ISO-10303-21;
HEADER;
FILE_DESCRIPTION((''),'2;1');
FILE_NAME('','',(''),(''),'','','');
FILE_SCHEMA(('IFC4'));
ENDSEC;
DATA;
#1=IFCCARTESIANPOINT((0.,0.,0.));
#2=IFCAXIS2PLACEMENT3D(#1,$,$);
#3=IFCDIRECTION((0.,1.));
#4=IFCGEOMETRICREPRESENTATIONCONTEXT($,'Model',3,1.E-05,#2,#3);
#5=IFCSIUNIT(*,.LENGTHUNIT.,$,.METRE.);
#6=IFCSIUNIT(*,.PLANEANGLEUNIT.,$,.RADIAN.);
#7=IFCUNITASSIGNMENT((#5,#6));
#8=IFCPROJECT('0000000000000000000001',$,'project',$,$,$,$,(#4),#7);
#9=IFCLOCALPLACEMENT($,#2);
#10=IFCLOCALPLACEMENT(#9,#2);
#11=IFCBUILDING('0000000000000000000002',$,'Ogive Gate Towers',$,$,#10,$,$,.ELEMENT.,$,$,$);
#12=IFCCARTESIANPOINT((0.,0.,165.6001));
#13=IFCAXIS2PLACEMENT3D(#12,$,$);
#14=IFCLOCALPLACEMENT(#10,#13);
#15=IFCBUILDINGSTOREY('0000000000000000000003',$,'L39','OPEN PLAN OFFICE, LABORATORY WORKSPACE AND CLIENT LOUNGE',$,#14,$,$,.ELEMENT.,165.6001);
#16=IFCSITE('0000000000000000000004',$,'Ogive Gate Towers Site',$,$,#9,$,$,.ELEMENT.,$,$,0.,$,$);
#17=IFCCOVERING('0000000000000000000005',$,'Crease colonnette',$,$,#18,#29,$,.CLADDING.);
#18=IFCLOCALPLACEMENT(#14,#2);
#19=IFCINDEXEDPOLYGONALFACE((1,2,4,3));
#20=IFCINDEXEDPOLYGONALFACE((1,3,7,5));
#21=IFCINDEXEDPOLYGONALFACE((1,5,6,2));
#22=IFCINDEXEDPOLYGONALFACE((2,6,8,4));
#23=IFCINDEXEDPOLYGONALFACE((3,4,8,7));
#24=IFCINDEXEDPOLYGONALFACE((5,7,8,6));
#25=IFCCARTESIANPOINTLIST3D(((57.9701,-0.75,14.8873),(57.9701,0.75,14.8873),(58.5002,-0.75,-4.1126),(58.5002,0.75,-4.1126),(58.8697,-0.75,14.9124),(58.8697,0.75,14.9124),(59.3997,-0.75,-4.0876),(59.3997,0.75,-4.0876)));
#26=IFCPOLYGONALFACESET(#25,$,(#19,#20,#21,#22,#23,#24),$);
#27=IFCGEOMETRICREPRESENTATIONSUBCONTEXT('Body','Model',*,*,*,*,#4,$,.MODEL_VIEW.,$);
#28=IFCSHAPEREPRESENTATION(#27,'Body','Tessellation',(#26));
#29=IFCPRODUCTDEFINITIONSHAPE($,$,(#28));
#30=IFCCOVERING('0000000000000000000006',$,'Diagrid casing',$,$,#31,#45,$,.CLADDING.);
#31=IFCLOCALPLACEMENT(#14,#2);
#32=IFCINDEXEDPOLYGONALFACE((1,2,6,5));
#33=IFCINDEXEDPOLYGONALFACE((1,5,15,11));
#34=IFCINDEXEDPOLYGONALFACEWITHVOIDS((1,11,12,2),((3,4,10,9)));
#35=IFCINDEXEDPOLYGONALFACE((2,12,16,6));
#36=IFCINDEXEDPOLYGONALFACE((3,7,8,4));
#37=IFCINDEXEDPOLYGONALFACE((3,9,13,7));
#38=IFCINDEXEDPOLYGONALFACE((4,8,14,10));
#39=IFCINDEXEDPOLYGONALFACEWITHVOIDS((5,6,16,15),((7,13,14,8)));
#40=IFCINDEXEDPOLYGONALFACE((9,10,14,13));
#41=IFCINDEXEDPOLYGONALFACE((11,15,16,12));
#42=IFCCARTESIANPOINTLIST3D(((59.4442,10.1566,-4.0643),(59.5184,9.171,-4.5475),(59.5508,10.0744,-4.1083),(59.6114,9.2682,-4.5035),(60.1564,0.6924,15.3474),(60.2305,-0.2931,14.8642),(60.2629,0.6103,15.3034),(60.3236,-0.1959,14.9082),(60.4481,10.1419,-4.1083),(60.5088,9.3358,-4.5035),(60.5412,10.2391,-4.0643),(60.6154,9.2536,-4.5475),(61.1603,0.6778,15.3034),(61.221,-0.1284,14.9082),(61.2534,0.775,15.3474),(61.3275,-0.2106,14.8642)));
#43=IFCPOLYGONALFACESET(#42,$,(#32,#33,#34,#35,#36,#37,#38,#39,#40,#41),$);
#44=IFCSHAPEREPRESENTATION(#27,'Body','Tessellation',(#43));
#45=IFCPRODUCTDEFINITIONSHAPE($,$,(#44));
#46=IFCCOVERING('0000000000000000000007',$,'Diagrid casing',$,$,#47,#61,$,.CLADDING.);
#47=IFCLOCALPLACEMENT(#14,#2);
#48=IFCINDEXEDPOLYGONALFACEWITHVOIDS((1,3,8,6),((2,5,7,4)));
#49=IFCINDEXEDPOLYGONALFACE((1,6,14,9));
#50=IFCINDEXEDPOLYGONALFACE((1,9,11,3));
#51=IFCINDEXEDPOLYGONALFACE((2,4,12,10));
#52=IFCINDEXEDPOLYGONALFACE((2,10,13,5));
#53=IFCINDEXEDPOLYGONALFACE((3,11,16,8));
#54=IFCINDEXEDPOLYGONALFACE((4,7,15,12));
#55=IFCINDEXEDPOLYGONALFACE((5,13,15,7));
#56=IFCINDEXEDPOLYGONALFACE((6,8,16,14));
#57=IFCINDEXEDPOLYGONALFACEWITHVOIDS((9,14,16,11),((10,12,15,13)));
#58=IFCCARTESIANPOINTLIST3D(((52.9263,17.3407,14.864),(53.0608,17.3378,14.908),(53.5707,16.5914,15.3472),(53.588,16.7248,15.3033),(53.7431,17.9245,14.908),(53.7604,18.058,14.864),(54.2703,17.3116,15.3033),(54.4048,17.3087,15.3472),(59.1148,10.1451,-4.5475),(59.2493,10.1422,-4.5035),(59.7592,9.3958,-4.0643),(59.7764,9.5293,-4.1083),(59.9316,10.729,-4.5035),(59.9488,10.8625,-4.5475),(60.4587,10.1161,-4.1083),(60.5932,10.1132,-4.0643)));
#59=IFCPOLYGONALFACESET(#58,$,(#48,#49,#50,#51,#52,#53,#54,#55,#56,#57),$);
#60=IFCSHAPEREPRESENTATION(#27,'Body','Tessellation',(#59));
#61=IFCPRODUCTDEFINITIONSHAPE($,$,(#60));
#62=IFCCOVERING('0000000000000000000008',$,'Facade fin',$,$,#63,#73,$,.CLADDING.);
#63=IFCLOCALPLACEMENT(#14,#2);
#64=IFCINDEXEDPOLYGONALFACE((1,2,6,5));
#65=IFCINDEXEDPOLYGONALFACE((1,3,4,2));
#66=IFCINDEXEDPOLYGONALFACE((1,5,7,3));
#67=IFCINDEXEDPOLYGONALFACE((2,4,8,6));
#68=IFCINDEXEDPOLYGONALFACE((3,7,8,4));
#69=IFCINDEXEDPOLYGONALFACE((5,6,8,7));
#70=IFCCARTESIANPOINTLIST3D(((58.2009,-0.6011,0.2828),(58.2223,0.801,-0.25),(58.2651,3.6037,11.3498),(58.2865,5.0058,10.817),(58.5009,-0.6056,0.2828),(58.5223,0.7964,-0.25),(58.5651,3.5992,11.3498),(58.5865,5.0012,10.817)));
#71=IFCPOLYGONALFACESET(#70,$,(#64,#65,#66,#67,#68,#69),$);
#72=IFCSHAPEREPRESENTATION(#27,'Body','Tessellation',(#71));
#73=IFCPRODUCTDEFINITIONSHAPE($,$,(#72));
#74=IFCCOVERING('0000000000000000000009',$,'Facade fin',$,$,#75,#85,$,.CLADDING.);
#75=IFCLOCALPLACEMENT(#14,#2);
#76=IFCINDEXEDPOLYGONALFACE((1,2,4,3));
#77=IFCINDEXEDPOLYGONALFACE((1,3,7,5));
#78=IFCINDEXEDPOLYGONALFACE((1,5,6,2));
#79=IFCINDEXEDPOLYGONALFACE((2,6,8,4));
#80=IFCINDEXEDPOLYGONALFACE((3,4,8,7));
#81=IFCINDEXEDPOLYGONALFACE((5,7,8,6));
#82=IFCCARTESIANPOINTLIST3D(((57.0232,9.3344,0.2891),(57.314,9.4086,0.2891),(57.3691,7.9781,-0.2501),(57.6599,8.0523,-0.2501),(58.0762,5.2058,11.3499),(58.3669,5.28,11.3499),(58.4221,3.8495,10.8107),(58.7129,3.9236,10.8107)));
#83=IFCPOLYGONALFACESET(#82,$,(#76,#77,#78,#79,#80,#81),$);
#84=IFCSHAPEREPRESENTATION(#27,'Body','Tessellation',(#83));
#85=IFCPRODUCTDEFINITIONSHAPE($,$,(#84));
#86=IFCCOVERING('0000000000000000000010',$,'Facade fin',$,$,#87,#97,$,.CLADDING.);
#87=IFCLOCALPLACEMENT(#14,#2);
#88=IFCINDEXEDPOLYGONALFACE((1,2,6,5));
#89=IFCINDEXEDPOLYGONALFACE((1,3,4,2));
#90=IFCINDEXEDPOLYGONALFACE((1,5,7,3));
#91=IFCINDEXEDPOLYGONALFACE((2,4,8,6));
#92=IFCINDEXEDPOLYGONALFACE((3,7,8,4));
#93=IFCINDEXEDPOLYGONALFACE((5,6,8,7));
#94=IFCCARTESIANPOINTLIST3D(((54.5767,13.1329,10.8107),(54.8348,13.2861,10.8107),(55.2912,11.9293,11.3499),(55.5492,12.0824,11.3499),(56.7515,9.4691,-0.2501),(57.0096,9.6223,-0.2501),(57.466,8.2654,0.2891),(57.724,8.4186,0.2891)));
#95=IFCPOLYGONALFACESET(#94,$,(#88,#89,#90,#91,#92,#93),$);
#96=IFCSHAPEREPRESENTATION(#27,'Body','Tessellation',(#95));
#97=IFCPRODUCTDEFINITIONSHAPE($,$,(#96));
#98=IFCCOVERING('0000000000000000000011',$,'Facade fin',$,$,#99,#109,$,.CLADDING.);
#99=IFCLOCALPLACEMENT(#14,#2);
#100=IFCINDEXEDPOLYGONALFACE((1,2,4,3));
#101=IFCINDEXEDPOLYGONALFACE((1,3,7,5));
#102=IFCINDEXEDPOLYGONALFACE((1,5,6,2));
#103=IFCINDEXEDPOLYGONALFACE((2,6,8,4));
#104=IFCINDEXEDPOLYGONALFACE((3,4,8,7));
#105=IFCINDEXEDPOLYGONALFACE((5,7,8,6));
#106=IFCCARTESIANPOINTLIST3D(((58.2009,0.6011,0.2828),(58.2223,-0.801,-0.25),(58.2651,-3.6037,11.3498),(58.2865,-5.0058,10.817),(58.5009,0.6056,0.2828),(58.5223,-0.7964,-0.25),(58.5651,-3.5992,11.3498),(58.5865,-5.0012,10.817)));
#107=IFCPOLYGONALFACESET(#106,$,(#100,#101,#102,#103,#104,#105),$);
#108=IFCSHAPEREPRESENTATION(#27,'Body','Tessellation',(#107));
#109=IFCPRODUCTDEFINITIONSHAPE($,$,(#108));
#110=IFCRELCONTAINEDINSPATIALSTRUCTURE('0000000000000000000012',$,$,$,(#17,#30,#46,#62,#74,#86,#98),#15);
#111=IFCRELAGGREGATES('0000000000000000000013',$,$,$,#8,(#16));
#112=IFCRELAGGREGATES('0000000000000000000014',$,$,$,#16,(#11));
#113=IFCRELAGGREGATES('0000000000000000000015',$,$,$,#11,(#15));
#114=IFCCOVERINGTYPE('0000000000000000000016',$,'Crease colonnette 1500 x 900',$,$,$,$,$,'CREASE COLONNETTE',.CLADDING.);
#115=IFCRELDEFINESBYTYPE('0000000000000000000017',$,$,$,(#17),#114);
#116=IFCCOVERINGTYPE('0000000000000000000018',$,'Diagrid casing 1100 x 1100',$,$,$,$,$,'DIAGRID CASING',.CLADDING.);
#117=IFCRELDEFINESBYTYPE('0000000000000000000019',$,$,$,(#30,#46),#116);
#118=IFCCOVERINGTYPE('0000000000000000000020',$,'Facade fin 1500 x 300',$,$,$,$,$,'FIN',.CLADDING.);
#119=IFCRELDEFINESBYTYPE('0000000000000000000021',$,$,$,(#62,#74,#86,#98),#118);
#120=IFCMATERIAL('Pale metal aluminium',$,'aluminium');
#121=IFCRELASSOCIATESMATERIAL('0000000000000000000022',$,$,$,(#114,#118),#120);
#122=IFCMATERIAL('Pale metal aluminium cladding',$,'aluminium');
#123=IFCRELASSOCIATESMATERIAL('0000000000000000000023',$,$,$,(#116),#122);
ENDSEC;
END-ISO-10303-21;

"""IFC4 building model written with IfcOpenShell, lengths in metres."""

from ifc_helpers import new_model, si_unit, direction, frame, origin, origin_2d, place, context, subcontext, project, spatial, rectangle, hollow_rectangle, extrude, material, material_profile, profile_set, type_object, element, save


model = new_model("IFC4")

# Units and contexts
model_context = context("Model", 3, precision=1e-05, world=origin(), true_north=direction((0.0, 1.0)))
body_context = subcontext(model_context, "Body", "Model", "MODEL_VIEW")
ifc_project = project(units=[si_unit("LENGTHUNIT", "METRE"), si_unit("PLANEANGLEUNIT", "RADIAN")], contexts=[model_context])

# Site, building, storey
site_placement = place(None, origin())
site = spatial("IfcSite", under=ifc_project, at=site_placement, Name="Ogive Gate Towers Site", CompositionType="ELEMENT", RefElevation=0.0)
building_placement = place(site_placement, origin())
building = spatial("IfcBuilding", under=site, at=building_placement, Name="Ogive Gate Towers", CompositionType="ELEMENT")
storey_placement = place(building_placement, frame((0.0, 0.0, 165.6001)))
storey = spatial("IfcBuildingStorey", under=building, at=storey_placement, Name="L39", Description="OPEN PLAN OFFICE, LABORATORY WORKSPACE AND CLIENT LOUNGE", CompositionType="ELEMENT", Elevation=165.6001)

# Shared definitions
ifc_material_1 = material(Name="Pale metal aluminium", Category="aluminium")

# Coverings
ifc_material_profile_1 = material_profile(ifc_material_1, rectangle(XDim=1.5, YDim=0.8999, at=origin_2d()), Name="1500 x 900 pale metal aluminium")
ifc_profile_set_1 = profile_set([ifc_material_profile_1], Name="Pale metal aluminium")
covering_type_1 = type_object("IfcCoveringType", Name="Crease colonnette 1500 x 900", ElementType="CREASE COLONNETTE", PredefinedType="CLADDING", material=ifc_profile_set_1)
covering_1_placement = place(storey_placement, frame((58.95, 0.0, -4.1001), z_axis=(-0.027885, 0.0, 0.999611), x_axis=(0.0, -1.0, 0.0)))
element("IfcCovering", 1, at=covering_1_placement, inside=storey, type_object=covering_type_1, Name="Crease colonnette", PredefinedType="CLADDING", context=body_context, shape_type="SweptSolid", body=[
    extrude(rectangle(XDim=1.5, YDim=0.8999, at=origin_2d()), origin(), (0.0, 0.0, 1.0), 19.0073),
])
ifc_material_2 = material(Name="Pale metal aluminium cladding", Category="aluminium")
ifc_material_profile_2 = material_profile(ifc_material_2, hollow_rectangle(XDim=1.1001, YDim=1.1001, WallThickness=0.1001, at=origin_2d()), Name="1100 x 1100 pale metal casing")
ifc_profile_set_2 = profile_set([ifc_material_profile_2], Name="Pale metal aluminium cladding")
covering_type_2 = type_object("IfcCoveringType", Name="Diagrid casing 1100 x 1100", ElementType="DIAGRID CASING", PredefinedType="CLADDING", material=ifc_profile_set_2)
covering_2_placement = place(storey_placement, frame((60.0298, 9.7051, -4.3059), z_axis=(0.032959, -0.438, 0.898371), x_axis=(0.997181, 0.075036, 0.0)))
element("IfcCovering", 2, at=covering_2_placement, inside=storey, type_object=covering_type_2, Name="Diagrid casing", PredefinedType="CLADDING", context=body_context, shape_type="SweptSolid", body=[
    extrude(hollow_rectangle(XDim=1.1001, YDim=1.1001, WallThickness=0.1001, at=origin_2d()), origin(), (0.0, 0.0, 1.0), 21.6077),
])
covering_3_placement = place(storey_placement, frame((59.854, 10.1292, -4.3059), z_axis=(-0.286404, 0.333012, 0.898374), x_axis=(-0.75817, -0.652057, 0.0)))
element("IfcCovering", 3, at=covering_3_placement, inside=storey, type_object=covering_type_2, Name="Diagrid casing", PredefinedType="CLADDING", context=body_context, shape_type="SweptSolid", body=[
    extrude(hollow_rectangle(XDim=1.1001, YDim=1.1001, WallThickness=0.1001, at=origin_2d()), origin(), (0.0, 0.0, 1.0), 21.6074),
])
ifc_material_profile_3 = material_profile(ifc_material_1, rectangle(XDim=0.3, YDim=1.5, at=origin_2d()), Name="1500 x 300 pale metal aluminium")
ifc_profile_set_3 = profile_set([ifc_material_profile_3], Name="Pale metal aluminium")
covering_type_3 = type_object("IfcCoveringType", Name="Facade fin 1500 x 300", ElementType="FIN", PredefinedType="CLADDING", material=ifc_profile_set_3)
covering_4_placement = place(storey_placement, frame((58.3616, 0.0977, 0.0164), z_axis=(0.005423, 0.355162, 0.934789), x_axis=(-0.999883, 0.015268, 0.0)))
element("IfcCovering", 4, at=covering_4_placement, inside=storey, type_object=covering_type_3, Name="Facade fin", PredefinedType="CLADDING", context=body_context, shape_type="SweptSolid", body=[
    extrude(rectangle(XDim=0.3, YDim=1.5, at=origin_2d()), origin(), (0.0, 0.0, 1.0), 11.8391),
])
for number, where, z_axis, x_axis, name in (
    (5, (57.3416, 8.6934, 0.0195), (0.088836, -0.34832, 0.933157), (0.968982, 0.24713, 0.0), "Facade fin"),
    (6, (57.2378, 8.9438, 0.0195), (-0.183481, 0.309104, 0.933161), (-0.859915, -0.510437, 0.0), "Facade fin"),
):
    element("IfcCovering", number, at=place(storey_placement, frame(where, z_axis=z_axis, x_axis=x_axis)), inside=storey, type_object=covering_type_3, Name=name, PredefinedType="CLADDING", context=body_context, shape_type="SweptSolid", body=[
        extrude(rectangle(XDim=0.3, YDim=1.5, at=origin_2d()), origin(), (0.0, 0.0, 1.0), 11.853),
    ])
covering_5_placement = place(storey_placement, frame((58.3616, -0.0977, 0.0164), z_axis=(0.005423, -0.355162, 0.934789), x_axis=(0.999883, 0.015268, 0.0)))
element("IfcCovering", 7, at=covering_5_placement, inside=storey, type_object=covering_type_3, Name="Facade fin", PredefinedType="CLADDING", context=body_context, shape_type="SweptSolid", body=[
    extrude(rectangle(XDim=0.3, YDim=1.5, at=origin_2d()), origin(), (0.0, 0.0, 1.0), 11.8391),
])

save(model, "model.ifc")
